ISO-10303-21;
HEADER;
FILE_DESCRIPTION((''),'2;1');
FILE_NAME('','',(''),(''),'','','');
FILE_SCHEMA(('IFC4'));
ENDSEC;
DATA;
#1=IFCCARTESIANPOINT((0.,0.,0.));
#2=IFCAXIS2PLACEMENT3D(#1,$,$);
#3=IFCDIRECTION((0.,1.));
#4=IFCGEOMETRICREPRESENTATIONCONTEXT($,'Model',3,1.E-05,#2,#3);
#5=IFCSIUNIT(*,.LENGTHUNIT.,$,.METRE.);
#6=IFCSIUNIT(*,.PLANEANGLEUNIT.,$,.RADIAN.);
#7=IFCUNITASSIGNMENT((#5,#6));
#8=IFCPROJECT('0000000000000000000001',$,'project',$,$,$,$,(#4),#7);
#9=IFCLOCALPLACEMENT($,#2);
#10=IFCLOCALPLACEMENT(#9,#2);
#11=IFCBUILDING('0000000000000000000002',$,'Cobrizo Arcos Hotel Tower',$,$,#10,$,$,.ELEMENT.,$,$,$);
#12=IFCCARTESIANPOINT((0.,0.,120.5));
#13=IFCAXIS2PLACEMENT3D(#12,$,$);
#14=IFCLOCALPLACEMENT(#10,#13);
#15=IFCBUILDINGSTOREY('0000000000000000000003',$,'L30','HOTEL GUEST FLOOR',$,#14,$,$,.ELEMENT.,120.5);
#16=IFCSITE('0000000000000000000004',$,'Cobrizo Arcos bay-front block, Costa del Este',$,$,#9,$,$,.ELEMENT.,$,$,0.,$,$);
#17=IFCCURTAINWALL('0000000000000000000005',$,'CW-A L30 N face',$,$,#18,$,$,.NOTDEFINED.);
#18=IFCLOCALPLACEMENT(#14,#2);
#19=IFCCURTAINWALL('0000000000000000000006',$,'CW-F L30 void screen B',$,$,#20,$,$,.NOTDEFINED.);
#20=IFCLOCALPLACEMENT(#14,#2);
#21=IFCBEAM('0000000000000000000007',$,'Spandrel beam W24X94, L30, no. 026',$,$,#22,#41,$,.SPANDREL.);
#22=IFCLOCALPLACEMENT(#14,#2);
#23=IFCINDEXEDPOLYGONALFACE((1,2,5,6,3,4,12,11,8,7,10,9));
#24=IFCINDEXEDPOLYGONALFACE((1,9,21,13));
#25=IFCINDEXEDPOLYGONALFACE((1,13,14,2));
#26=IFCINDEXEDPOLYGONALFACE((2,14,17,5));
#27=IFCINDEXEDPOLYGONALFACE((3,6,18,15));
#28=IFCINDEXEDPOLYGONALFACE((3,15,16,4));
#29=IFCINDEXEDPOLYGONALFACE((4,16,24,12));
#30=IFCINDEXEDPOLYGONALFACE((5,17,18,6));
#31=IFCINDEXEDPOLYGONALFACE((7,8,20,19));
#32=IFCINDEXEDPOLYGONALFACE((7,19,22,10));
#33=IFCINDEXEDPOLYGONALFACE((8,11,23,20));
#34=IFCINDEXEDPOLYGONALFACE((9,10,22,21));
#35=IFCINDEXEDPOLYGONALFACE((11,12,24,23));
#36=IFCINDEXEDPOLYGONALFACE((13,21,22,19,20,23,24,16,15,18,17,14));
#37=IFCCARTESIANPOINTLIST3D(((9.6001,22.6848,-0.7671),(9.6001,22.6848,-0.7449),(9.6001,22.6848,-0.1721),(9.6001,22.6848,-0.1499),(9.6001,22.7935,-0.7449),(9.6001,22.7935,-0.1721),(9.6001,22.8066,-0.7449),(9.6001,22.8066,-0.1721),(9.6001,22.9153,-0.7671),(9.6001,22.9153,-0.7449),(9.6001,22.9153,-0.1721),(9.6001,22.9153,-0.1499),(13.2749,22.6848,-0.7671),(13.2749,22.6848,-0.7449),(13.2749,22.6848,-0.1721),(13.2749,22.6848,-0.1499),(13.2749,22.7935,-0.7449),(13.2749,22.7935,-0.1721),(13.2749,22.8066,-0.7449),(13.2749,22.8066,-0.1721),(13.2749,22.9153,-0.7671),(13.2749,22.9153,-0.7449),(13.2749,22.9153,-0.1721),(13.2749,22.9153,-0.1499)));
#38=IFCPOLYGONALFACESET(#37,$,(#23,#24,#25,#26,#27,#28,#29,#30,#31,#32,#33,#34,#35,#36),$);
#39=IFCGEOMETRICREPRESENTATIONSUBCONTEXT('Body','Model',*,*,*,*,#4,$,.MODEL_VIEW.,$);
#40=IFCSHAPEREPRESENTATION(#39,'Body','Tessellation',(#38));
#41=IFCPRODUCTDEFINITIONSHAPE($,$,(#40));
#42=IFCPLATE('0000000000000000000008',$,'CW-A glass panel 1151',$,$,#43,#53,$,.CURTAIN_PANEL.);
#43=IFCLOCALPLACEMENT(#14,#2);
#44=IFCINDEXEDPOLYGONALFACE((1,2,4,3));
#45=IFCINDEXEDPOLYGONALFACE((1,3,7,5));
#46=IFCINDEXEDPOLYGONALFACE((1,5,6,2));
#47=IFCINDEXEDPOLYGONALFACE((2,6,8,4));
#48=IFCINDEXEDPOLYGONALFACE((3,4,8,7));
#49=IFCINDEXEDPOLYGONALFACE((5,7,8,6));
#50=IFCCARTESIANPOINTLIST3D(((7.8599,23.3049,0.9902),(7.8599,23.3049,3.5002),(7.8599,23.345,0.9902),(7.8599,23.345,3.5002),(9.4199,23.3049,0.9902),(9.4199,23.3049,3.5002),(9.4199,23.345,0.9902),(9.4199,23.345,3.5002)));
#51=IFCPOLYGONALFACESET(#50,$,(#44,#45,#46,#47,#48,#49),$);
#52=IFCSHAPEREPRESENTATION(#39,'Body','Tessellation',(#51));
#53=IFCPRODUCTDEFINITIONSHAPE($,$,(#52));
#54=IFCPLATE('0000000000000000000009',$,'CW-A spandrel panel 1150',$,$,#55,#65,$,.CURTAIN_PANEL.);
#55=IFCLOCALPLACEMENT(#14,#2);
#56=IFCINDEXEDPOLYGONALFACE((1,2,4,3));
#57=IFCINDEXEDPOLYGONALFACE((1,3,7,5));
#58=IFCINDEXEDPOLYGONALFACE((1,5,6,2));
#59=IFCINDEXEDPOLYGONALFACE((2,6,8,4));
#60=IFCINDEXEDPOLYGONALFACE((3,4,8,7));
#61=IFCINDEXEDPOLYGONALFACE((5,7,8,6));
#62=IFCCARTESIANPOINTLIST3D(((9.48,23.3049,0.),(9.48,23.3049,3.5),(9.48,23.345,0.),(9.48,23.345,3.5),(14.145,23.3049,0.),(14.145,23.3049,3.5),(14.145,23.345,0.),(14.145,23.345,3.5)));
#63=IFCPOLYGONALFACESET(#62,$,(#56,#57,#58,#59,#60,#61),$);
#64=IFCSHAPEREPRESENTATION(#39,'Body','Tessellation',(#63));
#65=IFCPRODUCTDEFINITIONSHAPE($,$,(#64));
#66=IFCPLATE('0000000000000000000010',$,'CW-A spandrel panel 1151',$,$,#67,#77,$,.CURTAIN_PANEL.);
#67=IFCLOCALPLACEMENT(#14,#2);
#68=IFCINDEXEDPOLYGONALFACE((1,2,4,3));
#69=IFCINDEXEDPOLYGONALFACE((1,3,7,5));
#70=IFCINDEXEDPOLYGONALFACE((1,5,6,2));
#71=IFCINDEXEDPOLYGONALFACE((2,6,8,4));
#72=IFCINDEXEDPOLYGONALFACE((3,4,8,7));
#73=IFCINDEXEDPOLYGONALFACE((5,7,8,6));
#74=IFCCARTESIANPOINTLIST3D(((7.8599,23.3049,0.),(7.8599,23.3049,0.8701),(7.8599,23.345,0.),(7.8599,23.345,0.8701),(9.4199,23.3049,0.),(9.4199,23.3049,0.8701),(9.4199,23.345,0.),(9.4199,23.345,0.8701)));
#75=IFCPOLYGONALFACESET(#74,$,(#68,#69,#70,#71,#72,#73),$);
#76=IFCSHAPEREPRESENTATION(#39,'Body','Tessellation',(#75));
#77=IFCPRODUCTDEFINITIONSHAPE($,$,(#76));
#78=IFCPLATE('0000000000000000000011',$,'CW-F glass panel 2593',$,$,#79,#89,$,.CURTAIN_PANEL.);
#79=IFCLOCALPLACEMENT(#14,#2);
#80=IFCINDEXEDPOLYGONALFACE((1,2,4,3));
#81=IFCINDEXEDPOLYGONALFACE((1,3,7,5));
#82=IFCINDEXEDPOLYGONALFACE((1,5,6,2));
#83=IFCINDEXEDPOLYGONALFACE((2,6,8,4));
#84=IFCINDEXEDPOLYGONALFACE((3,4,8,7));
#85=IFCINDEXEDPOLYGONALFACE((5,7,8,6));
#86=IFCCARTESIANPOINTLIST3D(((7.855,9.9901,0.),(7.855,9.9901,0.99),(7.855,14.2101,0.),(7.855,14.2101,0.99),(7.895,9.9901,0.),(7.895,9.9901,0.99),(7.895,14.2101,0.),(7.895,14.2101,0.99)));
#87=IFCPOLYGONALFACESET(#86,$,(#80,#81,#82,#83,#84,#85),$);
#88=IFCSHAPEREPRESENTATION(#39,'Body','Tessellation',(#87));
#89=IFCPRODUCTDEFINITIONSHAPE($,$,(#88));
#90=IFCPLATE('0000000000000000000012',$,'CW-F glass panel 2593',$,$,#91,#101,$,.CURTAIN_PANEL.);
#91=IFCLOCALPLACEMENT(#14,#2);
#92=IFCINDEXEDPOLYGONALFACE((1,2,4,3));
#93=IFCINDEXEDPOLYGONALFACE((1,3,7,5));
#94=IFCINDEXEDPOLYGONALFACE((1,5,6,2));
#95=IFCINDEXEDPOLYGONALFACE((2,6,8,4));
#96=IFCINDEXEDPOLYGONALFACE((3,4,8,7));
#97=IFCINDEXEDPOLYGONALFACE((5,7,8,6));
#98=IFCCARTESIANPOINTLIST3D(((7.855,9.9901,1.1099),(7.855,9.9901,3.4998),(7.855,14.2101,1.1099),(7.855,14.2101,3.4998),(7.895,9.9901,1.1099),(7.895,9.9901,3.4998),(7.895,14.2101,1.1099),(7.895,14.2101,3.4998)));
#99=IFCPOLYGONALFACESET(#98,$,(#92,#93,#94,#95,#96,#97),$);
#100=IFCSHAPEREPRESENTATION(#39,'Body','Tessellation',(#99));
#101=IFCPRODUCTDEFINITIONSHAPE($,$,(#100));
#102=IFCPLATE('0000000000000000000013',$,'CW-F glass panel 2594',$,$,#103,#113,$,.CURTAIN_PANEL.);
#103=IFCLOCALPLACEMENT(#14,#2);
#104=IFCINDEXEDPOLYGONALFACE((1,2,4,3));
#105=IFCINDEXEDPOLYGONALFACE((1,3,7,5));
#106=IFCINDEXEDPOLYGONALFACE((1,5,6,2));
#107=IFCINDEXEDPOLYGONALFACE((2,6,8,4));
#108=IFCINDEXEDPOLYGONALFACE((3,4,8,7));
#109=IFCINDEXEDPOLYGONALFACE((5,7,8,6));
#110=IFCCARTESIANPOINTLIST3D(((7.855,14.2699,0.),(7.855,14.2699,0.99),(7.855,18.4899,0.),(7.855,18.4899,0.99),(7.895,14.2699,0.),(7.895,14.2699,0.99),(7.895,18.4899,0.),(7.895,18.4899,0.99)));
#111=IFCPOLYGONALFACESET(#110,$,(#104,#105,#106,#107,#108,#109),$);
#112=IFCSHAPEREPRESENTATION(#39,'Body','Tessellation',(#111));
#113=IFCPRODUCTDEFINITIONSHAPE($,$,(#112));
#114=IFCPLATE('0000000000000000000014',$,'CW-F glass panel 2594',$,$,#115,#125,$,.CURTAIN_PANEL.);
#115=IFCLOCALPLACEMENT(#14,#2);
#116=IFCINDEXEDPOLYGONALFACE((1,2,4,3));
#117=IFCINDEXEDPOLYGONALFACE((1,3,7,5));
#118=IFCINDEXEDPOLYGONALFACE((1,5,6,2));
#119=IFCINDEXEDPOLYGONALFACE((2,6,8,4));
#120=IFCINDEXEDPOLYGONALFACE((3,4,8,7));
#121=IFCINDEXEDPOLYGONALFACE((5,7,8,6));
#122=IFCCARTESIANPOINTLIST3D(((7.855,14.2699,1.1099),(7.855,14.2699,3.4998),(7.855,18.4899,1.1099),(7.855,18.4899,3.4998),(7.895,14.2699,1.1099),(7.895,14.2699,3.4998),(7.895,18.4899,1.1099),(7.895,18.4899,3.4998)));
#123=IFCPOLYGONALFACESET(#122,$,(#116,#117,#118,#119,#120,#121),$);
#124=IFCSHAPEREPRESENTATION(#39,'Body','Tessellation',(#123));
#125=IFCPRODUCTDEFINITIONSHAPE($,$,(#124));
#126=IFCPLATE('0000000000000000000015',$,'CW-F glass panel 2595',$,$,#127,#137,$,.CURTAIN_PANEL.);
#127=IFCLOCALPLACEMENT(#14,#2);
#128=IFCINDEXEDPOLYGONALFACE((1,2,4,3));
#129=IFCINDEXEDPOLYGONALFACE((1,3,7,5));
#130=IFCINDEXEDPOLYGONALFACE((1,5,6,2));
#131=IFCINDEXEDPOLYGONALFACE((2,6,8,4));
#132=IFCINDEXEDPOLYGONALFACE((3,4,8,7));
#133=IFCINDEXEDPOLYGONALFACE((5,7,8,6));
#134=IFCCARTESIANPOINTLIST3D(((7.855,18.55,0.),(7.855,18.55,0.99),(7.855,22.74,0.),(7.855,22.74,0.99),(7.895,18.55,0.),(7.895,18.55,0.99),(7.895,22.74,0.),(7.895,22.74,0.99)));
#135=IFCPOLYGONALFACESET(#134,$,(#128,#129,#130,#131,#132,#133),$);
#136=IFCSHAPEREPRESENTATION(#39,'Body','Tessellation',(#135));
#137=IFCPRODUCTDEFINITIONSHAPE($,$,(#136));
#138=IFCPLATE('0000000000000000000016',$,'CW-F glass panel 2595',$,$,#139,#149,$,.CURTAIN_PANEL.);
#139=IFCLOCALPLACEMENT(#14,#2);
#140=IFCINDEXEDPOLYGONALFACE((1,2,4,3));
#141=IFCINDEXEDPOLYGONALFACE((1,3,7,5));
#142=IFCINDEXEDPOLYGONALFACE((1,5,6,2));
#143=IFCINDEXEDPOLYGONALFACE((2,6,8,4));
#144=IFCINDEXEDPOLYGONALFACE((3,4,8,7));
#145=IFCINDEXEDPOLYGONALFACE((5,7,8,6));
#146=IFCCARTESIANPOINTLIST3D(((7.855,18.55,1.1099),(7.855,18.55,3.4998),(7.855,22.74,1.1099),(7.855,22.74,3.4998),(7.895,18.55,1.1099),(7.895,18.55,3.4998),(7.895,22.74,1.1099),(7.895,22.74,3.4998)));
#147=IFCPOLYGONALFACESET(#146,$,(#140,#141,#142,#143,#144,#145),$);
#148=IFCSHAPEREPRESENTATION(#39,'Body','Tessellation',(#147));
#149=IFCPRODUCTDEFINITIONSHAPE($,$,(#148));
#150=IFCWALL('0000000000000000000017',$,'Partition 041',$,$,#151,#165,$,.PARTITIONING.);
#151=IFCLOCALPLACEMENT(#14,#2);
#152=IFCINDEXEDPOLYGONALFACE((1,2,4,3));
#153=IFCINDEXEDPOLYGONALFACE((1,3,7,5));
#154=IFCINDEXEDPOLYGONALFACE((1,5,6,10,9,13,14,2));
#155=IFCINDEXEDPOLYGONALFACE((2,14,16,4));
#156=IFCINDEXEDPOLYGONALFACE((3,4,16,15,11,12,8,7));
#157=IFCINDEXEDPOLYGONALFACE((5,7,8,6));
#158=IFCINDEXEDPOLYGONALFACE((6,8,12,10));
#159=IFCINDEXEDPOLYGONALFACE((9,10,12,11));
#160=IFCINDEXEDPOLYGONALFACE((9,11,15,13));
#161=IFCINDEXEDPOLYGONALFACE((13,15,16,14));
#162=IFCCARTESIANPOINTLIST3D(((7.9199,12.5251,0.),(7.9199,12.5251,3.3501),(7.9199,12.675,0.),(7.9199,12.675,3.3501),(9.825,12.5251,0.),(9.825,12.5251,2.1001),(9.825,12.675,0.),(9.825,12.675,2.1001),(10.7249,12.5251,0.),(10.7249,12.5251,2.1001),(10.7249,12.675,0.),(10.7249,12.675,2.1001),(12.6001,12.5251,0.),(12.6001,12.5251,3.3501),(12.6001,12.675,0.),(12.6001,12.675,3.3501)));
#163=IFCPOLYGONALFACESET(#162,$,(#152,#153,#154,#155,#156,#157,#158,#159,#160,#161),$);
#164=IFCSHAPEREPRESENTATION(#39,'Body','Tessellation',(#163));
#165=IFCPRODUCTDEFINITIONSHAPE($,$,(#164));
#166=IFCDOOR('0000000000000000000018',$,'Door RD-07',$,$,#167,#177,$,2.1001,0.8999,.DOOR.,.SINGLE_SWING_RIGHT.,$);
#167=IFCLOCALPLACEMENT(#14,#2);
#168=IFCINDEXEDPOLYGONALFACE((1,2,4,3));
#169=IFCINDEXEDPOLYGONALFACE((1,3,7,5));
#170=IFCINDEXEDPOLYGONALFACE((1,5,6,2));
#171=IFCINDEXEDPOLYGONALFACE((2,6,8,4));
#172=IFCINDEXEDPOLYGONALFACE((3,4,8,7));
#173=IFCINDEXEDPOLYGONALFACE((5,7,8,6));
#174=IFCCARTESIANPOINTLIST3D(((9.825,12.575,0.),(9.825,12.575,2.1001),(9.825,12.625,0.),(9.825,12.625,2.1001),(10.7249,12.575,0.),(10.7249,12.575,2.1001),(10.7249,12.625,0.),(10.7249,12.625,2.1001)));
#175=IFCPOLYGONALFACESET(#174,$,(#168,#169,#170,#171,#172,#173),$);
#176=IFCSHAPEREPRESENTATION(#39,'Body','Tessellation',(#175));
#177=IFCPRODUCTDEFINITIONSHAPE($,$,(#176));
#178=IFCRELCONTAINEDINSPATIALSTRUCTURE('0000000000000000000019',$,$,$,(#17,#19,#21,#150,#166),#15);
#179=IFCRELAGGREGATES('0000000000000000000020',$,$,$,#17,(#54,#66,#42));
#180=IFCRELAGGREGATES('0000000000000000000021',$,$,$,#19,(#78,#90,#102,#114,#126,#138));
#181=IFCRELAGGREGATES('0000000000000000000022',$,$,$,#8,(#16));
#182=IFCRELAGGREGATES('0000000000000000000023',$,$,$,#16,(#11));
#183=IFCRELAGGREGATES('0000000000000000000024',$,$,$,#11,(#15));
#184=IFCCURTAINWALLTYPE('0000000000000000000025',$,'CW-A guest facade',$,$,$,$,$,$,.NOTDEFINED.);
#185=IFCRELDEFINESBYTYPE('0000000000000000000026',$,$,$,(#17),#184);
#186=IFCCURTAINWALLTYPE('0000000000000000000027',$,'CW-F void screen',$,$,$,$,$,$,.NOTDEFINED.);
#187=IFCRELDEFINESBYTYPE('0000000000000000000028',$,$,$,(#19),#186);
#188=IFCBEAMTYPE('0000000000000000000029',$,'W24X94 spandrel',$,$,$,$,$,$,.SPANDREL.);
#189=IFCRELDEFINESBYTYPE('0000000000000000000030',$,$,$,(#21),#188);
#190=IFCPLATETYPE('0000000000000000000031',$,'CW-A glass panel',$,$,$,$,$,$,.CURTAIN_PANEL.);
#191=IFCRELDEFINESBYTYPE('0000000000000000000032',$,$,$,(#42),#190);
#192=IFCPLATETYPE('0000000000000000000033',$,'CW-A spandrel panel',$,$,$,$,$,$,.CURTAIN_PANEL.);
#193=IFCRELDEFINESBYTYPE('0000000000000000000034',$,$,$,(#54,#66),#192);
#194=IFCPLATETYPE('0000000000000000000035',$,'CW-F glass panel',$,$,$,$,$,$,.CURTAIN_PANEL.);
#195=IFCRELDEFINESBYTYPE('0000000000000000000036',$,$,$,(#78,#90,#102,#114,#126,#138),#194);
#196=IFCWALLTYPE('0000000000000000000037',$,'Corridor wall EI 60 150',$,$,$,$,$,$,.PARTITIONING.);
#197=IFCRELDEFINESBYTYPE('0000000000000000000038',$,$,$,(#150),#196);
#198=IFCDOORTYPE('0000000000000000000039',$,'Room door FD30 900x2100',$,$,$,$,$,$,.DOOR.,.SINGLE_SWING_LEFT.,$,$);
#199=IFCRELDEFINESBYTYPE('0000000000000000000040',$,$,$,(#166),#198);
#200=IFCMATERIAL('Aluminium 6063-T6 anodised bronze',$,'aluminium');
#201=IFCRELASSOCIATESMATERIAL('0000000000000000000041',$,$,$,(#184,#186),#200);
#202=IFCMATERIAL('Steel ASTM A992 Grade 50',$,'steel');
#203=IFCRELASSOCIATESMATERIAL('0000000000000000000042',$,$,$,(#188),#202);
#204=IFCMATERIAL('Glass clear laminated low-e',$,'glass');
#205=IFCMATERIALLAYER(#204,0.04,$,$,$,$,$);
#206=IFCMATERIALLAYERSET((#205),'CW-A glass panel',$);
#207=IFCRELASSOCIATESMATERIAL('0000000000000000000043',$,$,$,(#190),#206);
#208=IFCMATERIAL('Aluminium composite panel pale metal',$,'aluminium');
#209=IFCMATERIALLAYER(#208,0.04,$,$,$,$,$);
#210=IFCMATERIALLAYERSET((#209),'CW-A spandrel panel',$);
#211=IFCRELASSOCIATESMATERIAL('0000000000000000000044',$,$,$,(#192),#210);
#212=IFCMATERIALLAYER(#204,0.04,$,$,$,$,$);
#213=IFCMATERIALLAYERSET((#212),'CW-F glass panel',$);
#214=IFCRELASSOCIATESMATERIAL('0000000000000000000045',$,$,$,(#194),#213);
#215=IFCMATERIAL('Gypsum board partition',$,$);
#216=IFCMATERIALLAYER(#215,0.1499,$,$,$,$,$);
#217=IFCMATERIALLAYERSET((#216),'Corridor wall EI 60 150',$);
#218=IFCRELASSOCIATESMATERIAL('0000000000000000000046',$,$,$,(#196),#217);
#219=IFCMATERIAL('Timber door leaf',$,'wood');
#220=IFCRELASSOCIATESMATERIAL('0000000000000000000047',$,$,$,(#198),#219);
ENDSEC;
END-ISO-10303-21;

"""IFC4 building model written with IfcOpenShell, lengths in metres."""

from ifc_helpers import new_model, si_unit, direction, frame, frame_2d, origin, origin_2d, place, context, subcontext, project, spatial, rectangle, i_section, extrude, material, layer, layer_set, material_profile, profile_set, type_object, element, fill, aggregate, save


model = new_model("IFC4")

# Units and contexts
model_context = context("Model", 3, precision=1e-05, world=origin(), true_north=direction((0.0, 1.0)))
body_context = subcontext(model_context, "Body", "Model", "MODEL_VIEW")
ifc_project = project(units=[si_unit("LENGTHUNIT", "METRE"), si_unit("PLANEANGLEUNIT", "RADIAN")], contexts=[model_context])

# Site, building, storey
site_placement = place(None, origin())
site = spatial("IfcSite", under=ifc_project, at=site_placement, Name="Cobrizo Arcos bay-front block, Costa del Este", CompositionType="ELEMENT", RefElevation=0.0)
building_placement = place(site_placement, origin())
building = spatial("IfcBuilding", under=site, at=building_placement, Name="Cobrizo Arcos Hotel Tower", CompositionType="ELEMENT")
storey_placement = place(building_placement, frame((0.0, 0.0, 120.5)))
storey = spatial("IfcBuildingStorey", under=building, at=storey_placement, Name="L30", Description="HOTEL GUEST FLOOR", CompositionType="ELEMENT", Elevation=120.5)

# Curtain walls
ifc_material_1 = material(Name="Aluminium 6063-T6 anodised bronze", Category="aluminium")
curtain_wall_type_1 = type_object("IfcCurtainWallType", Name="CW-A guest facade", PredefinedType="NOTDEFINED", material=ifc_material_1)
curtain_wall_1_placement = place(storey_placement, origin())
curtain_wall_1 = element("IfcCurtainWall", 1, at=curtain_wall_1_placement, inside=storey, type_object=curtain_wall_type_1, Name="CW-A L30 N face", PredefinedType="NOTDEFINED")
curtain_wall_type_2 = type_object("IfcCurtainWallType", Name="CW-F void screen", PredefinedType="NOTDEFINED", material=ifc_material_1)
curtain_wall_2_placement = place(storey_placement, origin())
curtain_wall_2 = element("IfcCurtainWall", 2, at=curtain_wall_2_placement, inside=storey, type_object=curtain_wall_type_2, Name="CW-F L30 void screen B", PredefinedType="NOTDEFINED")

# Beam
ifc_material_2 = material(Name="Steel ASTM A992 Grade 50", Category="steel")
ifc_material_profile_1 = material_profile(ifc_material_2, i_section(OverallWidth=0.2305, OverallDepth=0.6172, WebThickness=0.0132, FlangeThickness=0.0222, at=origin_2d()), Name="W24X94")
ifc_profile_set_1 = profile_set([ifc_material_profile_1], Name="Steel ASTM A992 Grade 50")
beam_type = type_object("IfcBeamType", Name="W24X94 spandrel", PredefinedType="SPANDREL", material=ifc_profile_set_1)
beam_placement = place(storey_placement, frame((9.6001, 22.8, -0.4585), z_axis=(1.0, 0.0, 0.0), x_axis=(0.0, 1.0, 0.0)))
element("IfcBeam", 3, at=beam_placement, inside=storey, type_object=beam_type, Name="Spandrel beam W24X94, L30, no. 026", PredefinedType="SPANDREL", context=body_context, shape_type="SweptSolid", body=[
    extrude(i_section(OverallWidth=0.2305, OverallDepth=0.6172, WebThickness=0.0132, FlangeThickness=0.0222, at=origin_2d()), origin(), (0.0, 0.0, 1.0), 3.6748),
])

# Plates
ifc_material_3 = material(Name="Glass clear laminated low-e", Category="glass")
ifc_layer_1 = layer(ifc_material_3, 0.04)
ifc_layer_set_1 = layer_set([ifc_layer_1], Name="CW-A glass panel")
plate_type_1 = type_object("IfcPlateType", Name="CW-A glass panel", PredefinedType="CURTAIN_PANEL", material=ifc_layer_set_1)
plate_1_placement = place(storey_placement, frame((8.6399, 23.325, 0.9902), z_axis=(0.0, 0.0, 1.0), x_axis=(-1.0, 0.0, 0.0)))
plate_1 = element("IfcPlate", 4, at=plate_1_placement, type_object=plate_type_1, Name="CW-A glass panel 1151", PredefinedType="CURTAIN_PANEL", context=body_context, shape_type="SweptSolid", body=[
    extrude(rectangle(XDim=1.5601, YDim=0.04, at=origin_2d()), origin(), (0.0, 0.0, 1.0), 2.51),
])
ifc_material_4 = material(Name="Aluminium composite panel pale metal", Category="aluminium")
ifc_layer_2 = layer(ifc_material_4, 0.04)
ifc_layer_set_2 = layer_set([ifc_layer_2], Name="CW-A spandrel panel")
plate_type_2 = type_object("IfcPlateType", Name="CW-A spandrel panel", PredefinedType="CURTAIN_PANEL", material=ifc_layer_set_2)
plate_2_placement = place(storey_placement, frame((11.8125, 23.325, 0.0), z_axis=(0.0, 0.0, 1.0), x_axis=(-1.0, 0.0, 0.0)))
plate_2 = element("IfcPlate", 5, at=plate_2_placement, type_object=plate_type_2, Name="CW-A spandrel panel 1150", PredefinedType="CURTAIN_PANEL", context=body_context, shape_type="SweptSolid", body=[
    extrude(rectangle(XDim=4.665, YDim=0.04, at=origin_2d()), origin(), (0.0, 0.0, 1.0), 3.5),
])
plate_3_placement = place(storey_placement, frame((8.6399, 23.325, 0.0), z_axis=(0.0, 0.0, 1.0), x_axis=(-1.0, 0.0, 0.0)))
plate_3 = element("IfcPlate", 6, at=plate_3_placement, type_object=plate_type_2, Name="CW-A spandrel panel 1151", PredefinedType="CURTAIN_PANEL", context=body_context, shape_type="SweptSolid", body=[
    extrude(rectangle(XDim=1.5601, YDim=0.04, at=origin_2d()), origin(), (0.0, 0.0, 1.0), 0.8701),
])
aggregate(curtain_wall_1, [plate_2, plate_3, plate_1])
ifc_layer_3 = layer(ifc_material_3, 0.04)
ifc_layer_set_3 = layer_set([ifc_layer_3], Name="CW-F glass panel")
plate_type_3 = type_object("IfcPlateType", Name="CW-F glass panel", PredefinedType="CURTAIN_PANEL", material=ifc_layer_set_3)
plate_4_placement = place(storey_placement, frame((7.875, 12.1001, 0.0), z_axis=(0.0, 0.0, 1.0), x_axis=(0.0, 1.0, 0.0)))
plate_4 = element("IfcPlate", 7, at=plate_4_placement, type_object=plate_type_3, Name="CW-F glass panel 2593", PredefinedType="CURTAIN_PANEL", context=body_context, shape_type="SweptSolid", body=[
    extrude(rectangle(XDim=4.22, YDim=0.04, at=origin_2d()), origin(), (0.0, 0.0, 1.0), 0.99),
])
plate_5_placement = place(storey_placement, frame((7.875, 12.1001, 1.1099), z_axis=(0.0, 0.0, 1.0), x_axis=(0.0, 1.0, 0.0)))
plate_5 = element("IfcPlate", 8, at=plate_5_placement, type_object=plate_type_3, Name="CW-F glass panel 2593", PredefinedType="CURTAIN_PANEL", context=body_context, shape_type="SweptSolid", body=[
    extrude(rectangle(XDim=4.22, YDim=0.04, at=origin_2d()), origin(), (0.0, 0.0, 1.0), 2.3899),
])
plate_6_placement = place(storey_placement, frame((7.875, 16.3799, 0.0), z_axis=(0.0, 0.0, 1.0), x_axis=(0.0, 1.0, 0.0)))
plate_6 = element("IfcPlate", 9, at=plate_6_placement, type_object=plate_type_3, Name="CW-F glass panel 2594", PredefinedType="CURTAIN_PANEL", context=body_context, shape_type="SweptSolid", body=[
    extrude(rectangle(XDim=4.22, YDim=0.04, at=origin_2d()), origin(), (0.0, 0.0, 1.0), 0.99),
])
plate_7_placement = place(storey_placement, frame((7.875, 16.3799, 1.1099), z_axis=(0.0, 0.0, 1.0), x_axis=(0.0, 1.0, 0.0)))
plate_7 = element("IfcPlate", 10, at=plate_7_placement, type_object=plate_type_3, Name="CW-F glass panel 2594", PredefinedType="CURTAIN_PANEL", context=body_context, shape_type="SweptSolid", body=[
    extrude(rectangle(XDim=4.22, YDim=0.04, at=origin_2d()), origin(), (0.0, 0.0, 1.0), 2.3899),
])
plate_8_placement = place(storey_placement, frame((7.875, 20.645, 0.0), z_axis=(0.0, 0.0, 1.0), x_axis=(0.0, 1.0, 0.0)))
plate_8 = element("IfcPlate", 11, at=plate_8_placement, type_object=plate_type_3, Name="CW-F glass panel 2595", PredefinedType="CURTAIN_PANEL", context=body_context, shape_type="SweptSolid", body=[
    extrude(rectangle(XDim=4.1899, YDim=0.04, at=origin_2d()), origin(), (0.0, 0.0, 1.0), 0.99),
])
plate_9_placement = place(storey_placement, frame((7.875, 20.645, 1.1099), z_axis=(0.0, 0.0, 1.0), x_axis=(0.0, 1.0, 0.0)))
plate_9 = element("IfcPlate", 12, at=plate_9_placement, type_object=plate_type_3, Name="CW-F glass panel 2595", PredefinedType="CURTAIN_PANEL", context=body_context, shape_type="SweptSolid", body=[
    extrude(rectangle(XDim=4.1899, YDim=0.04, at=origin_2d()), origin(), (0.0, 0.0, 1.0), 2.3899),
])
aggregate(curtain_wall_2, [plate_4, plate_5, plate_6, plate_7, plate_8, plate_9])

# Wall, opening, door
ifc_material_5 = material(Name="Gypsum board partition")
ifc_layer_4 = layer(ifc_material_5, 0.1499)
ifc_layer_set_4 = layer_set([ifc_layer_4], Name="Corridor wall EI 60 150")
wall_type_1 = type_object("IfcWallType", Name="Corridor wall EI 60 150", PredefinedType="PARTITIONING", material=ifc_layer_set_4)
wall_1_placement = place(storey_placement, frame((7.9199, 12.6001, 0.0), z_axis=(0.0, 0.0, 1.0), x_axis=(1.0, 0.0, 0.0)))
wall_1 = element("IfcWall", 13, at=wall_1_placement, inside=storey, type_object=wall_type_1, Name="Partition 041", PredefinedType="PARTITIONING", context=body_context, shape_type="SweptSolid", body=[
    extrude(rectangle(XDim=4.6802, YDim=0.1499, at=frame_2d((2.3401, 0.0))), origin(), (0.0, 0.0, 1.0), 3.3501),
])
opening_1_placement = place(wall_1_placement, frame((1.905, 0.0, 0.0)))
opening_1 = element("IfcOpeningElement", 14, at=opening_1_placement, cuts=wall_1, PredefinedType="OPENING", context=body_context, shape_type="SweptSolid", body=[
    extrude(rectangle(XDim=0.8999, YDim=2.1001, at=frame_2d((0.45, 1.05))), frame((0.0, 0.0869, 0.0), z_axis=(0.0, -1.0, 0.0), x_axis=(1.0, 0.0, 0.0)), (0.0, 0.0, 1.0), 0.1738),
])
ifc_material_6 = material(Name="Timber door leaf", Category="wood")
door_type_1 = type_object("IfcDoorType", Name="Room door FD30 900x2100", OperationType="SINGLE_SWING_LEFT", PredefinedType="DOOR", material=ifc_material_6)
door_1_placement = place(opening_1_placement, origin())
door_1 = element("IfcDoor", 15, at=door_1_placement, inside=storey, type_object=door_type_1, Name="Door RD-07", OperationType="SINGLE_SWING_RIGHT", OverallHeight=2.1001, OverallWidth=0.8999, PredefinedType="DOOR", context=body_context, shape_type="SweptSolid", body=[
    extrude(rectangle(XDim=0.8999, YDim=2.1001, at=frame_2d((0.45, 1.05))), frame((0.0, 0.0249, 0.0), z_axis=(0.0, -1.0, 0.0), x_axis=(1.0, 0.0, 0.0)), (0.0, 0.0, 1.0), 0.05),
])
fill(opening_1, door_1)

save(model, "model.ifc")
